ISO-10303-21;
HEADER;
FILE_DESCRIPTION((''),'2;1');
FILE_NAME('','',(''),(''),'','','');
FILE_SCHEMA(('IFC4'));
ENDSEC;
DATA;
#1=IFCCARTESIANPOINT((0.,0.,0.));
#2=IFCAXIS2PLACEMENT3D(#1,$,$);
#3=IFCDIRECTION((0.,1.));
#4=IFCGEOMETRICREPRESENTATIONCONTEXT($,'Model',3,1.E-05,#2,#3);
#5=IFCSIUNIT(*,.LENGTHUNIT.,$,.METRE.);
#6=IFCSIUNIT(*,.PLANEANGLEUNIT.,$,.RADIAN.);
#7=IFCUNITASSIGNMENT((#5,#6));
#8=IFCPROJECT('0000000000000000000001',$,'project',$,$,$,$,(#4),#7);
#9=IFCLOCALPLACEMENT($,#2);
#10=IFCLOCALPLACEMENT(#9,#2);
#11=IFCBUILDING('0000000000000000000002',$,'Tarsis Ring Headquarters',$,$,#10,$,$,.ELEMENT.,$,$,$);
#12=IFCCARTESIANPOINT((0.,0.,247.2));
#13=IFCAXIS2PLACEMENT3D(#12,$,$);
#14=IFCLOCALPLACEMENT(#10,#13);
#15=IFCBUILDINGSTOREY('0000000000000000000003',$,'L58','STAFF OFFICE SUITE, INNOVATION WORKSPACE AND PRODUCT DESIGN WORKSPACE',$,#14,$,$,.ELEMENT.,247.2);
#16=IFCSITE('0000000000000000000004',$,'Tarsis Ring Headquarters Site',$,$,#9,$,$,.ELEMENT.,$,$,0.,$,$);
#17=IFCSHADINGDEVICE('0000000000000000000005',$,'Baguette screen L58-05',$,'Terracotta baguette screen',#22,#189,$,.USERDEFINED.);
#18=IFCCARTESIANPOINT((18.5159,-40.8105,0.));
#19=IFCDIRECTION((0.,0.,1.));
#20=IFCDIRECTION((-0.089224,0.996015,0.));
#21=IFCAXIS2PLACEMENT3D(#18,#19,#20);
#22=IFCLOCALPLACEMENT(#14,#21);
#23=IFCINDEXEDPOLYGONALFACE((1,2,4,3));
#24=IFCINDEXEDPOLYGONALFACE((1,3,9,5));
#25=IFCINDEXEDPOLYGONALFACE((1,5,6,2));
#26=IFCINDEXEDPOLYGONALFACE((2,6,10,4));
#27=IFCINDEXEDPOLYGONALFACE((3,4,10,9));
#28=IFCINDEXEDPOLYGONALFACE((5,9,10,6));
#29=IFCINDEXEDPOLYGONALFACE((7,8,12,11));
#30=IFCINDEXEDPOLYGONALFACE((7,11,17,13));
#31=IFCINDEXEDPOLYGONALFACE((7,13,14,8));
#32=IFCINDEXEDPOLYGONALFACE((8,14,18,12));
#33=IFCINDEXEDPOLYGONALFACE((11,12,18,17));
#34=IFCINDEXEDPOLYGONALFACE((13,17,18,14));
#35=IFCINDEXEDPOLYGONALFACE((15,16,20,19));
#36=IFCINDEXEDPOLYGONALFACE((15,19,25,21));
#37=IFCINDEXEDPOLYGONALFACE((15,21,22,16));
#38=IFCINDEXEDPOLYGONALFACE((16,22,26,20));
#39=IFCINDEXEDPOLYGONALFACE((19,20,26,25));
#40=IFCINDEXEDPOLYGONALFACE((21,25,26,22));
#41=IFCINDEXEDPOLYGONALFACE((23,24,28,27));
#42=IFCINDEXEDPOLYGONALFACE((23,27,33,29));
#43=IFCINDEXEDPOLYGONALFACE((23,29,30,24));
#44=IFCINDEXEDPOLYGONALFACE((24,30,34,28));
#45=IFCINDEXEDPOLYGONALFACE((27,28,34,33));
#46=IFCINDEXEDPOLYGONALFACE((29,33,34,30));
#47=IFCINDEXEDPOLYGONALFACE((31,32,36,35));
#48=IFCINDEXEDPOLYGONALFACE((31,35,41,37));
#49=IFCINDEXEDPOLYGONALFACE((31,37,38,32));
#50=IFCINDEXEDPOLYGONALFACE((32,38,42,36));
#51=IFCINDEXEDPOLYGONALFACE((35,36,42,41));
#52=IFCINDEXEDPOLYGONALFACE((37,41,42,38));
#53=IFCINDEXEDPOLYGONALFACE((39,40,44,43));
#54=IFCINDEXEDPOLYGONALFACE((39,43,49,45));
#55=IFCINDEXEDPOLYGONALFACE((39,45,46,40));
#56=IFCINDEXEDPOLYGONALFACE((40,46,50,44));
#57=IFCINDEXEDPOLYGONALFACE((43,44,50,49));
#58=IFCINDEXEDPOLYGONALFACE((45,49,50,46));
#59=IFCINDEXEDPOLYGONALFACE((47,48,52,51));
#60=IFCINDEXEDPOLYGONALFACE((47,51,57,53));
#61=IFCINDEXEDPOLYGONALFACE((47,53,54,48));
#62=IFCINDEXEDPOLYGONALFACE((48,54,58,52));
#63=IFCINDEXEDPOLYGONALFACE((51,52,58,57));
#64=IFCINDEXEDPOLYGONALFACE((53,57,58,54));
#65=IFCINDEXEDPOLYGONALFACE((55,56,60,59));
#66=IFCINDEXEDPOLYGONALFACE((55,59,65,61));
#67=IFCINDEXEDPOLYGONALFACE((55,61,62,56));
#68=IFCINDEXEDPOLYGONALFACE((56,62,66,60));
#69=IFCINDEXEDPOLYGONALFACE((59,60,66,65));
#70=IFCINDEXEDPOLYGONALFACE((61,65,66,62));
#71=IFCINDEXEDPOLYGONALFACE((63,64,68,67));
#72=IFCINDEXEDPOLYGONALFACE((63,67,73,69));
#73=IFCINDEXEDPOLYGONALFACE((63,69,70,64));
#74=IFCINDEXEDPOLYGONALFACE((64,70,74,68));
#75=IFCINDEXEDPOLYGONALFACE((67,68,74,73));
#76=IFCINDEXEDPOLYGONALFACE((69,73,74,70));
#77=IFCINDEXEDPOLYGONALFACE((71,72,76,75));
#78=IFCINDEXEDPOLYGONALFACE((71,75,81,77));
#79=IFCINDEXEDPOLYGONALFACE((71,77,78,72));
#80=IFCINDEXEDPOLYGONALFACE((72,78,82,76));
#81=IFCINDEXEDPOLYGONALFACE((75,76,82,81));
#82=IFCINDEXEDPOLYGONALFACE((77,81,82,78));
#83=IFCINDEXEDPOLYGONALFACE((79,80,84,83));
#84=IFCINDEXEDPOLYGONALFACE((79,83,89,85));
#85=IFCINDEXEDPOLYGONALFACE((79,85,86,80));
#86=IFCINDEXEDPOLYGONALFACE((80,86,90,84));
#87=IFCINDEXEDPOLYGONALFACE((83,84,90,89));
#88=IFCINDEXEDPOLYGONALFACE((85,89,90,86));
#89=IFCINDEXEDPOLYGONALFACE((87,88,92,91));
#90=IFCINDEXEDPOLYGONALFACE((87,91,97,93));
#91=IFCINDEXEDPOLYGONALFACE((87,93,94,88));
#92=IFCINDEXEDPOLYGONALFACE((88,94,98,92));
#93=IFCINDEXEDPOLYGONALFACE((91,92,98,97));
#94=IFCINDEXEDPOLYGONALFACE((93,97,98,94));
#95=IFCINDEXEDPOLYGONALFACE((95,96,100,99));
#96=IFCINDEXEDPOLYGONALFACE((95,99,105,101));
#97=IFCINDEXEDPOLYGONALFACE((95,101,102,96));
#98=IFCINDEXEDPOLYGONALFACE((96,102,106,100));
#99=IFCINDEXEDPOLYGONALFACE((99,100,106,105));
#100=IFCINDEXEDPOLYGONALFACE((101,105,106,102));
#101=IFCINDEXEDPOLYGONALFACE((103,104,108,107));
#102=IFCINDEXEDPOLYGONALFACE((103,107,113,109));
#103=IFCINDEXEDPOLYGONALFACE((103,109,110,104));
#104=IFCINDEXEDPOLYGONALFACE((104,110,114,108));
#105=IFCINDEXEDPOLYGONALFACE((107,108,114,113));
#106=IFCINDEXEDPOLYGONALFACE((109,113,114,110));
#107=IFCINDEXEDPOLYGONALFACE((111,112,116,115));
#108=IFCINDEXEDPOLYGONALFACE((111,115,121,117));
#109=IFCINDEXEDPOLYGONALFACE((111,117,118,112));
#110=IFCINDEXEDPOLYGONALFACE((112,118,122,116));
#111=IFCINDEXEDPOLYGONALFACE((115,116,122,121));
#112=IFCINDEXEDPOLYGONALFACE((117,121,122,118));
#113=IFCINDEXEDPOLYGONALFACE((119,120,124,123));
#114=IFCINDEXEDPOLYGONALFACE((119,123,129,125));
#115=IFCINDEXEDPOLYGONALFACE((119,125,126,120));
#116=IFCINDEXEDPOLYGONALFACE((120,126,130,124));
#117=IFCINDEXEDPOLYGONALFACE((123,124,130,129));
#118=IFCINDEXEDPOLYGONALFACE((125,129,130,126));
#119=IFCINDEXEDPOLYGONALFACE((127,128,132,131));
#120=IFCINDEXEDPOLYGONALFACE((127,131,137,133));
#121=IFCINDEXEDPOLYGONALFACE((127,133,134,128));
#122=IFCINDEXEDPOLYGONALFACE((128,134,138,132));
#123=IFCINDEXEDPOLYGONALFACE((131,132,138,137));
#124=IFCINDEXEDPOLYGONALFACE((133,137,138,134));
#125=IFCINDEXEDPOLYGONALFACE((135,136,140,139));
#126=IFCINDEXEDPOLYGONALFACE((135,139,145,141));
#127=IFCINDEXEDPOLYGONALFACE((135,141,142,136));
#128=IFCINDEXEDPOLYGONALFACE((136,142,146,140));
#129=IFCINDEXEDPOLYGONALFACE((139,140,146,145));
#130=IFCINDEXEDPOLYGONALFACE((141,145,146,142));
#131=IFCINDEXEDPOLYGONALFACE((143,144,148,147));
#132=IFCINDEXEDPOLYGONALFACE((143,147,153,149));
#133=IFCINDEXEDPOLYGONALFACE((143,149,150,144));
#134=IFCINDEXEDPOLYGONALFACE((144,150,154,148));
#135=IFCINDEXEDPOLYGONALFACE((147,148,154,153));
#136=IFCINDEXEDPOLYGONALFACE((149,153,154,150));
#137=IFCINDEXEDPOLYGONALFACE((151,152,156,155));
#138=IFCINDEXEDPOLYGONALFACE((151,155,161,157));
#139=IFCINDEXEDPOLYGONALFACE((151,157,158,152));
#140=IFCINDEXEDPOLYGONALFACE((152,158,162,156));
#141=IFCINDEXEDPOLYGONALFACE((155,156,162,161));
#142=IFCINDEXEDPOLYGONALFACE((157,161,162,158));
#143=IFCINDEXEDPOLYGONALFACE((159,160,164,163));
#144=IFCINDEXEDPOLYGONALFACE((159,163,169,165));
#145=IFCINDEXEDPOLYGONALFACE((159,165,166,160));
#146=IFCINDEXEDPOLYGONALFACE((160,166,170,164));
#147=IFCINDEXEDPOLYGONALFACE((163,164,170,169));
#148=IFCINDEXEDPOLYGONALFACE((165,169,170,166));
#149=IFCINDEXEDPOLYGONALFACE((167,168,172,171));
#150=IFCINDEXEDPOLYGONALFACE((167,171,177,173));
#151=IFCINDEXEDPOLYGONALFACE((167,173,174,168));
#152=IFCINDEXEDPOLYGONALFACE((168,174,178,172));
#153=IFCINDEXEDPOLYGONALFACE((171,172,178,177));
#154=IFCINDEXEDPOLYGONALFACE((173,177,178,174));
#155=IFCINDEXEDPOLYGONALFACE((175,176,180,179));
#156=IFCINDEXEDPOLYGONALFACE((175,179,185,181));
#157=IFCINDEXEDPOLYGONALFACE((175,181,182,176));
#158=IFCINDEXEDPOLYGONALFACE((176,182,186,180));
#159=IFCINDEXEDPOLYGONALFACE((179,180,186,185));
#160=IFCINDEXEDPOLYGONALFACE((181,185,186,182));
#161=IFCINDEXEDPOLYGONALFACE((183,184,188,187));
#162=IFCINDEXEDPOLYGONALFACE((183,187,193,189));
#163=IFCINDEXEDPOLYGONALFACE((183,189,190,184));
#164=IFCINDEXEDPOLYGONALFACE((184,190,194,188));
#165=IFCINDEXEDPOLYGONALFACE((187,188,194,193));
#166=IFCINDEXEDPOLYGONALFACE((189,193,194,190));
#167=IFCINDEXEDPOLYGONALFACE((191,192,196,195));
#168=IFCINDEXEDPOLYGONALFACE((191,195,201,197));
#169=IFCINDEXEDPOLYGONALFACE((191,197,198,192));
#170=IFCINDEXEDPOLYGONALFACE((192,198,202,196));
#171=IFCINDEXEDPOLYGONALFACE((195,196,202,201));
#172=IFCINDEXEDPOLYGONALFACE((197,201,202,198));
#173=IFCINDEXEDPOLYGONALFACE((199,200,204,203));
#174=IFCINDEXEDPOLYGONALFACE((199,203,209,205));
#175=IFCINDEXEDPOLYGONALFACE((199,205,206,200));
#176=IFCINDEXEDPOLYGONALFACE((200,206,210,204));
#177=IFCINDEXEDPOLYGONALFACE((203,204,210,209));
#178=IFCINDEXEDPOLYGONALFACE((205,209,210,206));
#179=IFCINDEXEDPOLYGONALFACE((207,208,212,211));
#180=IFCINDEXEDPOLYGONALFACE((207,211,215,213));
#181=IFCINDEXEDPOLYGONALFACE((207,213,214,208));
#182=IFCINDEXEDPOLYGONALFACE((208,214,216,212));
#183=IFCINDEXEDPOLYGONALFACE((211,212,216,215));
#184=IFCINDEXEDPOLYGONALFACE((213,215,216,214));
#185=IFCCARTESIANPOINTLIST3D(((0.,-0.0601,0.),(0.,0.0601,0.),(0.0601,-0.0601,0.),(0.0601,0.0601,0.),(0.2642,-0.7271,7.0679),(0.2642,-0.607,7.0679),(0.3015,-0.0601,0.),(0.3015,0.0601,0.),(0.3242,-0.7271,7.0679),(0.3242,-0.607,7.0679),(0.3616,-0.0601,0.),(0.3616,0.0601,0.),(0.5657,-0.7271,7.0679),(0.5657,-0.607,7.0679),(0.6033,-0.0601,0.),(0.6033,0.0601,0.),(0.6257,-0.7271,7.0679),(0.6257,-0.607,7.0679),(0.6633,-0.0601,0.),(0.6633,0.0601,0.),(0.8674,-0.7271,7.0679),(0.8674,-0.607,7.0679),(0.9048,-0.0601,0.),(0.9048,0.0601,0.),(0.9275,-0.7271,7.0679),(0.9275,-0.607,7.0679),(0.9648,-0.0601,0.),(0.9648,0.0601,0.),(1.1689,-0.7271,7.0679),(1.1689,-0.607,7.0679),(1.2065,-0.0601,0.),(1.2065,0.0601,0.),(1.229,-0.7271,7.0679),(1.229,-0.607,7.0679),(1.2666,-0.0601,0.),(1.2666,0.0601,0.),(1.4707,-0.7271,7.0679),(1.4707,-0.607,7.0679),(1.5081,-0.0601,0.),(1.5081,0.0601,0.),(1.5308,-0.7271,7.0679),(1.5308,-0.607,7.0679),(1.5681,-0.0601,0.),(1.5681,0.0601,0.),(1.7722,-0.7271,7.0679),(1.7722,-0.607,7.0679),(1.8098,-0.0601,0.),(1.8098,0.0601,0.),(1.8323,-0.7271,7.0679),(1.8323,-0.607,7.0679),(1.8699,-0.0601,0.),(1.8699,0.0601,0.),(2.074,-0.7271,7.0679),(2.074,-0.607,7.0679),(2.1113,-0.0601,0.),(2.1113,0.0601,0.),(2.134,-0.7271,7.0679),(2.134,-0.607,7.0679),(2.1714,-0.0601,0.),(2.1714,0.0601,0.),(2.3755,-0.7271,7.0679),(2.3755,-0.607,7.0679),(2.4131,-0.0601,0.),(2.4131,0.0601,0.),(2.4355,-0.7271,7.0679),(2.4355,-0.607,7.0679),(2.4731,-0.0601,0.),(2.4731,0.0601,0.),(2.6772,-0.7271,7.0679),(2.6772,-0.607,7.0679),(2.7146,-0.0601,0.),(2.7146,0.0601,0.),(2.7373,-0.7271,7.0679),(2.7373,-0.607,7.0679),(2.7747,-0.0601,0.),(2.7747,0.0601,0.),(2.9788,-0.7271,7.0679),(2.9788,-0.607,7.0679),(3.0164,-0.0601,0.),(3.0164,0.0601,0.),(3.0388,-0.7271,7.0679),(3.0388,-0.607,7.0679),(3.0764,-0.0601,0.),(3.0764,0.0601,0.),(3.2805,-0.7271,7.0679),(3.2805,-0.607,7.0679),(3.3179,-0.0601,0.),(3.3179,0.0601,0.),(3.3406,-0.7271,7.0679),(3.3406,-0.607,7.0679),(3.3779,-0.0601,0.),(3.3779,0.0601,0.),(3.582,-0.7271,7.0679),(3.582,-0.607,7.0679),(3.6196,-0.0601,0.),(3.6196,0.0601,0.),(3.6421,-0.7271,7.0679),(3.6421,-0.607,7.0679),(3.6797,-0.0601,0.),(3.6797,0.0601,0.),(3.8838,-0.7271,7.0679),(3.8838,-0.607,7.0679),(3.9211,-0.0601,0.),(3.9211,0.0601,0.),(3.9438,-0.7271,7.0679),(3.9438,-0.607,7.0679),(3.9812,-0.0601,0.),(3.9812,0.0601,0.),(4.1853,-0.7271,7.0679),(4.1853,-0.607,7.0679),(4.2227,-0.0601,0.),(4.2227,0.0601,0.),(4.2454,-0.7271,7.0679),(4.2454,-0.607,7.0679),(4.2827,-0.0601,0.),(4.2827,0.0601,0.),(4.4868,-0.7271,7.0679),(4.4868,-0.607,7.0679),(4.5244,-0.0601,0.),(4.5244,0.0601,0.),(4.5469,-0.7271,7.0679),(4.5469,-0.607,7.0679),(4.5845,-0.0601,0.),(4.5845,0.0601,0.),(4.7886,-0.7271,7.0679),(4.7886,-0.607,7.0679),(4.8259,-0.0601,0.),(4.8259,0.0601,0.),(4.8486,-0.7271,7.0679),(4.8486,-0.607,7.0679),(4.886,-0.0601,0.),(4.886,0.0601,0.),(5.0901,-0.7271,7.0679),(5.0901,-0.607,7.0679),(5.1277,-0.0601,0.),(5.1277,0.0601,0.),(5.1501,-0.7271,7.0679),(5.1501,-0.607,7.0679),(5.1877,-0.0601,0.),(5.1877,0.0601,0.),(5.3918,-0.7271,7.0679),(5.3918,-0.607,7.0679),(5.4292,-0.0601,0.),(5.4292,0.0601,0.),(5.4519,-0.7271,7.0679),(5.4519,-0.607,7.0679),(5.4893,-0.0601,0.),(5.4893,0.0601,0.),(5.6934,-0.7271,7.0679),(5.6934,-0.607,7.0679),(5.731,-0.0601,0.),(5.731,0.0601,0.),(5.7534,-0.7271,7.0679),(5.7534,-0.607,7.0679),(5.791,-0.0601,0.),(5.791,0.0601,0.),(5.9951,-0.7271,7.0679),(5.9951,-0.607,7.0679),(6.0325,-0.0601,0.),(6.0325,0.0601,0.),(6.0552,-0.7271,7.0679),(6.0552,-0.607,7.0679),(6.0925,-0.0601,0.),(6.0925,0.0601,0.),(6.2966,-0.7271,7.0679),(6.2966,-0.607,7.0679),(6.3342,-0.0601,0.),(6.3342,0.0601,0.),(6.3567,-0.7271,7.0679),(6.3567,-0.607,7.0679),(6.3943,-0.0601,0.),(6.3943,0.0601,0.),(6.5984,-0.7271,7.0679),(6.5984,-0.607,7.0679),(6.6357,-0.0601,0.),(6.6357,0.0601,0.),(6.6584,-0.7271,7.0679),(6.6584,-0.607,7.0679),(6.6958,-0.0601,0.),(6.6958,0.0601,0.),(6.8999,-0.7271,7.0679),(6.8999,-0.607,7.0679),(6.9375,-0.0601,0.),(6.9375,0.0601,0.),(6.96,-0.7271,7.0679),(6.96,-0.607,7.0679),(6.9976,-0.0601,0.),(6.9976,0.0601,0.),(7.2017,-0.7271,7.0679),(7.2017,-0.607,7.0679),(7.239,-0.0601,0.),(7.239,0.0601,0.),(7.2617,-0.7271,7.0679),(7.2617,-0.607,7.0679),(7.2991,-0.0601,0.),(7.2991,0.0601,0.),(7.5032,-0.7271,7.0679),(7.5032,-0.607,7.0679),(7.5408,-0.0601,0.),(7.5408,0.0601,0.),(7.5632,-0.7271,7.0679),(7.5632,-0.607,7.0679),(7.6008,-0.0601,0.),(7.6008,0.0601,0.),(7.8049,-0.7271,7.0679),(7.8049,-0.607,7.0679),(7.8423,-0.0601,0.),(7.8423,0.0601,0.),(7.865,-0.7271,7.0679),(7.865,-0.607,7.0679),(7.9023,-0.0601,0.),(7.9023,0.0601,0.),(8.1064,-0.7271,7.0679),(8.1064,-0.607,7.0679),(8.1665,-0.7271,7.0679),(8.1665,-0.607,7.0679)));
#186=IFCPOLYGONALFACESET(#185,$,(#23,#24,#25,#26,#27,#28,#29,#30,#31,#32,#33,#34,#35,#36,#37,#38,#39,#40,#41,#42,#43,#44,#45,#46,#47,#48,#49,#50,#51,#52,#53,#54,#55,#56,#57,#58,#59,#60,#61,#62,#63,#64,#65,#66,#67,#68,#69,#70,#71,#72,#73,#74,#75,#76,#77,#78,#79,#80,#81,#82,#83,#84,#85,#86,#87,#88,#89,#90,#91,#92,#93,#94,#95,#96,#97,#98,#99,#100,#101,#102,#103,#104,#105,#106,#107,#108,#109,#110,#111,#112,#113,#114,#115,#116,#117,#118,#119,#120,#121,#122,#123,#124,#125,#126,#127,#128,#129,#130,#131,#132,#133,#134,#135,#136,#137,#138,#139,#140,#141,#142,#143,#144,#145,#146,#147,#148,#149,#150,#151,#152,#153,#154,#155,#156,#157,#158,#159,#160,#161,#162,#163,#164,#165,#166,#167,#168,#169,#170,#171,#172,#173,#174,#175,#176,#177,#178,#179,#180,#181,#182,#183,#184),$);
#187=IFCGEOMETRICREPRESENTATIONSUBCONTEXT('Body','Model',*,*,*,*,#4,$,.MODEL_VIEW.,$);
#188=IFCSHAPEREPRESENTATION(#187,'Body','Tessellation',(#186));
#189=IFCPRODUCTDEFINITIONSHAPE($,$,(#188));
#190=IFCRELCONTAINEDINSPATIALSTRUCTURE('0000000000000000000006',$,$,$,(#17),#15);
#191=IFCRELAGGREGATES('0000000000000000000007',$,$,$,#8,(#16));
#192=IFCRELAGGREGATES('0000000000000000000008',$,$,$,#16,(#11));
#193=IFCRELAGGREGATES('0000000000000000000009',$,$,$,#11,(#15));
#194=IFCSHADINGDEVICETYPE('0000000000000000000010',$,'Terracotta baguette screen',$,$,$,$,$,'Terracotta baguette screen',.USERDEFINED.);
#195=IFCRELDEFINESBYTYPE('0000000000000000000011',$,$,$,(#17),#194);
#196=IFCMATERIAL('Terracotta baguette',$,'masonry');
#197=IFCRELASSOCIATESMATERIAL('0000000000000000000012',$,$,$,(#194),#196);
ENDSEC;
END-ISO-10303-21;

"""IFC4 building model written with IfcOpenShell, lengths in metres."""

from ifc_helpers import new_model, si_unit, direction, frame, frame_2d, origin, place, context, subcontext, project, spatial, rectangle, composite_profile, extrude, material, type_object, element, save


model = new_model("IFC4")

# Units and contexts
model_context = context("Model", 3, precision=1e-05, world=origin(), true_north=direction((0.0, 1.0)))
body_context = subcontext(model_context, "Body", "Model", "MODEL_VIEW")
ifc_project = project(units=[si_unit("LENGTHUNIT", "METRE"), si_unit("PLANEANGLEUNIT", "RADIAN")], contexts=[model_context])

# Site, building, storey
site_placement = place(None, origin())
site = spatial("IfcSite", under=ifc_project, at=site_placement, Name="Tarsis Ring Headquarters Site", CompositionType="ELEMENT", RefElevation=0.0)
building_placement = place(site_placement, origin())
building = spatial("IfcBuilding", under=site, at=building_placement, Name="Tarsis Ring Headquarters", CompositionType="ELEMENT")
storey_placement = place(building_placement, frame((0.0, 0.0, 247.2)))
storey = spatial("IfcBuildingStorey", under=building, at=storey_placement, Name="L58", Description="STAFF OFFICE SUITE, INNOVATION WORKSPACE AND PRODUCT DESIGN WORKSPACE", CompositionType="ELEMENT", Elevation=247.2)

# Shading device
ifc_material_1 = material(Name="Terracotta baguette", Category="masonry")
shading_device_type_1 = type_object("IfcShadingDeviceType", Name="Terracotta baguette screen", ElementType="Terracotta baguette screen", PredefinedType="USERDEFINED", material=ifc_material_1)
shading_device_1_placement = place(storey_placement, frame((18.5159, -40.8105, 0.0), z_axis=(0.0, 0.0, 1.0), x_axis=(-0.089224, 0.996015, 0.0)))
element("IfcShadingDevice", 1, at=shading_device_1_placement, inside=storey, type_object=shading_device_type_1, Name="Baguette screen L58-05", ObjectType="Terracotta baguette screen", PredefinedType="USERDEFINED", context=body_context, shape_type="SweptSolid", body=[
    extrude(composite_profile([rectangle(XDim=0.0601, YDim=0.1201, at=frame_2d((0.03, 0.0))), rectangle(XDim=0.0601, YDim=0.1201, at=frame_2d((0.3315, 0.0))), rectangle(XDim=0.0601, YDim=0.1201, at=frame_2d((0.6333, 0.0))), rectangle(XDim=0.0601, YDim=0.1201, at=frame_2d((0.9348, 0.0))), rectangle(XDim=0.0601, YDim=0.1201, at=frame_2d((1.2366, 0.0))), rectangle(XDim=0.0601, YDim=0.1201, at=frame_2d((1.5381, 0.0))), rectangle(XDim=0.0601, YDim=0.1201, at=frame_2d((1.8398, 0.0))), rectangle(XDim=0.0601, YDim=0.1201, at=frame_2d((2.1414, 0.0))), rectangle(XDim=0.0601, YDim=0.1201, at=frame_2d((2.4431, 0.0))), rectangle(XDim=0.0601, YDim=0.1201, at=frame_2d((2.7446, 0.0))), rectangle(XDim=0.0601, YDim=0.1201, at=frame_2d((3.0464, 0.0))), rectangle(XDim=0.0601, YDim=0.1201, at=frame_2d((3.3479, 0.0))), rectangle(XDim=0.0601, YDim=0.1201, at=frame_2d((3.6497, 0.0))), rectangle(XDim=0.0601, YDim=0.1201, at=frame_2d((3.9512, 0.0))), rectangle(XDim=0.0601, YDim=0.1201, at=frame_2d((4.2527, 0.0))), rectangle(XDim=0.0601, YDim=0.1201, at=frame_2d((4.5544, 0.0))), rectangle(XDim=0.0601, YDim=0.1201, at=frame_2d((4.856, 0.0))), rectangle(XDim=0.0601, YDim=0.1201, at=frame_2d((5.1577, 0.0))), rectangle(XDim=0.0601, YDim=0.1201, at=frame_2d((5.4592, 0.0))), rectangle(XDim=0.0601, YDim=0.1201, at=frame_2d((5.761, 0.0))), rectangle(XDim=0.0601, YDim=0.1201, at=frame_2d((6.0625, 0.0))), rectangle(XDim=0.0601, YDim=0.1201, at=frame_2d((6.3643, 0.0))), rectangle(XDim=0.0601, YDim=0.1201, at=frame_2d((6.6658, 0.0))), rectangle(XDim=0.0601, YDim=0.1201, at=frame_2d((6.9675, 0.0))), rectangle(XDim=0.0601, YDim=0.1201, at=frame_2d((7.269, 0.0))), rectangle(XDim=0.0601, YDim=0.1201, at=frame_2d((7.5708, 0.0))), rectangle(XDim=0.0601, YDim=0.1201, at=frame_2d((7.8723, 0.0)))]), origin(), (0.037182, -0.093892, 0.994888), 7.1042),
])

save(model, "model.ifc")
